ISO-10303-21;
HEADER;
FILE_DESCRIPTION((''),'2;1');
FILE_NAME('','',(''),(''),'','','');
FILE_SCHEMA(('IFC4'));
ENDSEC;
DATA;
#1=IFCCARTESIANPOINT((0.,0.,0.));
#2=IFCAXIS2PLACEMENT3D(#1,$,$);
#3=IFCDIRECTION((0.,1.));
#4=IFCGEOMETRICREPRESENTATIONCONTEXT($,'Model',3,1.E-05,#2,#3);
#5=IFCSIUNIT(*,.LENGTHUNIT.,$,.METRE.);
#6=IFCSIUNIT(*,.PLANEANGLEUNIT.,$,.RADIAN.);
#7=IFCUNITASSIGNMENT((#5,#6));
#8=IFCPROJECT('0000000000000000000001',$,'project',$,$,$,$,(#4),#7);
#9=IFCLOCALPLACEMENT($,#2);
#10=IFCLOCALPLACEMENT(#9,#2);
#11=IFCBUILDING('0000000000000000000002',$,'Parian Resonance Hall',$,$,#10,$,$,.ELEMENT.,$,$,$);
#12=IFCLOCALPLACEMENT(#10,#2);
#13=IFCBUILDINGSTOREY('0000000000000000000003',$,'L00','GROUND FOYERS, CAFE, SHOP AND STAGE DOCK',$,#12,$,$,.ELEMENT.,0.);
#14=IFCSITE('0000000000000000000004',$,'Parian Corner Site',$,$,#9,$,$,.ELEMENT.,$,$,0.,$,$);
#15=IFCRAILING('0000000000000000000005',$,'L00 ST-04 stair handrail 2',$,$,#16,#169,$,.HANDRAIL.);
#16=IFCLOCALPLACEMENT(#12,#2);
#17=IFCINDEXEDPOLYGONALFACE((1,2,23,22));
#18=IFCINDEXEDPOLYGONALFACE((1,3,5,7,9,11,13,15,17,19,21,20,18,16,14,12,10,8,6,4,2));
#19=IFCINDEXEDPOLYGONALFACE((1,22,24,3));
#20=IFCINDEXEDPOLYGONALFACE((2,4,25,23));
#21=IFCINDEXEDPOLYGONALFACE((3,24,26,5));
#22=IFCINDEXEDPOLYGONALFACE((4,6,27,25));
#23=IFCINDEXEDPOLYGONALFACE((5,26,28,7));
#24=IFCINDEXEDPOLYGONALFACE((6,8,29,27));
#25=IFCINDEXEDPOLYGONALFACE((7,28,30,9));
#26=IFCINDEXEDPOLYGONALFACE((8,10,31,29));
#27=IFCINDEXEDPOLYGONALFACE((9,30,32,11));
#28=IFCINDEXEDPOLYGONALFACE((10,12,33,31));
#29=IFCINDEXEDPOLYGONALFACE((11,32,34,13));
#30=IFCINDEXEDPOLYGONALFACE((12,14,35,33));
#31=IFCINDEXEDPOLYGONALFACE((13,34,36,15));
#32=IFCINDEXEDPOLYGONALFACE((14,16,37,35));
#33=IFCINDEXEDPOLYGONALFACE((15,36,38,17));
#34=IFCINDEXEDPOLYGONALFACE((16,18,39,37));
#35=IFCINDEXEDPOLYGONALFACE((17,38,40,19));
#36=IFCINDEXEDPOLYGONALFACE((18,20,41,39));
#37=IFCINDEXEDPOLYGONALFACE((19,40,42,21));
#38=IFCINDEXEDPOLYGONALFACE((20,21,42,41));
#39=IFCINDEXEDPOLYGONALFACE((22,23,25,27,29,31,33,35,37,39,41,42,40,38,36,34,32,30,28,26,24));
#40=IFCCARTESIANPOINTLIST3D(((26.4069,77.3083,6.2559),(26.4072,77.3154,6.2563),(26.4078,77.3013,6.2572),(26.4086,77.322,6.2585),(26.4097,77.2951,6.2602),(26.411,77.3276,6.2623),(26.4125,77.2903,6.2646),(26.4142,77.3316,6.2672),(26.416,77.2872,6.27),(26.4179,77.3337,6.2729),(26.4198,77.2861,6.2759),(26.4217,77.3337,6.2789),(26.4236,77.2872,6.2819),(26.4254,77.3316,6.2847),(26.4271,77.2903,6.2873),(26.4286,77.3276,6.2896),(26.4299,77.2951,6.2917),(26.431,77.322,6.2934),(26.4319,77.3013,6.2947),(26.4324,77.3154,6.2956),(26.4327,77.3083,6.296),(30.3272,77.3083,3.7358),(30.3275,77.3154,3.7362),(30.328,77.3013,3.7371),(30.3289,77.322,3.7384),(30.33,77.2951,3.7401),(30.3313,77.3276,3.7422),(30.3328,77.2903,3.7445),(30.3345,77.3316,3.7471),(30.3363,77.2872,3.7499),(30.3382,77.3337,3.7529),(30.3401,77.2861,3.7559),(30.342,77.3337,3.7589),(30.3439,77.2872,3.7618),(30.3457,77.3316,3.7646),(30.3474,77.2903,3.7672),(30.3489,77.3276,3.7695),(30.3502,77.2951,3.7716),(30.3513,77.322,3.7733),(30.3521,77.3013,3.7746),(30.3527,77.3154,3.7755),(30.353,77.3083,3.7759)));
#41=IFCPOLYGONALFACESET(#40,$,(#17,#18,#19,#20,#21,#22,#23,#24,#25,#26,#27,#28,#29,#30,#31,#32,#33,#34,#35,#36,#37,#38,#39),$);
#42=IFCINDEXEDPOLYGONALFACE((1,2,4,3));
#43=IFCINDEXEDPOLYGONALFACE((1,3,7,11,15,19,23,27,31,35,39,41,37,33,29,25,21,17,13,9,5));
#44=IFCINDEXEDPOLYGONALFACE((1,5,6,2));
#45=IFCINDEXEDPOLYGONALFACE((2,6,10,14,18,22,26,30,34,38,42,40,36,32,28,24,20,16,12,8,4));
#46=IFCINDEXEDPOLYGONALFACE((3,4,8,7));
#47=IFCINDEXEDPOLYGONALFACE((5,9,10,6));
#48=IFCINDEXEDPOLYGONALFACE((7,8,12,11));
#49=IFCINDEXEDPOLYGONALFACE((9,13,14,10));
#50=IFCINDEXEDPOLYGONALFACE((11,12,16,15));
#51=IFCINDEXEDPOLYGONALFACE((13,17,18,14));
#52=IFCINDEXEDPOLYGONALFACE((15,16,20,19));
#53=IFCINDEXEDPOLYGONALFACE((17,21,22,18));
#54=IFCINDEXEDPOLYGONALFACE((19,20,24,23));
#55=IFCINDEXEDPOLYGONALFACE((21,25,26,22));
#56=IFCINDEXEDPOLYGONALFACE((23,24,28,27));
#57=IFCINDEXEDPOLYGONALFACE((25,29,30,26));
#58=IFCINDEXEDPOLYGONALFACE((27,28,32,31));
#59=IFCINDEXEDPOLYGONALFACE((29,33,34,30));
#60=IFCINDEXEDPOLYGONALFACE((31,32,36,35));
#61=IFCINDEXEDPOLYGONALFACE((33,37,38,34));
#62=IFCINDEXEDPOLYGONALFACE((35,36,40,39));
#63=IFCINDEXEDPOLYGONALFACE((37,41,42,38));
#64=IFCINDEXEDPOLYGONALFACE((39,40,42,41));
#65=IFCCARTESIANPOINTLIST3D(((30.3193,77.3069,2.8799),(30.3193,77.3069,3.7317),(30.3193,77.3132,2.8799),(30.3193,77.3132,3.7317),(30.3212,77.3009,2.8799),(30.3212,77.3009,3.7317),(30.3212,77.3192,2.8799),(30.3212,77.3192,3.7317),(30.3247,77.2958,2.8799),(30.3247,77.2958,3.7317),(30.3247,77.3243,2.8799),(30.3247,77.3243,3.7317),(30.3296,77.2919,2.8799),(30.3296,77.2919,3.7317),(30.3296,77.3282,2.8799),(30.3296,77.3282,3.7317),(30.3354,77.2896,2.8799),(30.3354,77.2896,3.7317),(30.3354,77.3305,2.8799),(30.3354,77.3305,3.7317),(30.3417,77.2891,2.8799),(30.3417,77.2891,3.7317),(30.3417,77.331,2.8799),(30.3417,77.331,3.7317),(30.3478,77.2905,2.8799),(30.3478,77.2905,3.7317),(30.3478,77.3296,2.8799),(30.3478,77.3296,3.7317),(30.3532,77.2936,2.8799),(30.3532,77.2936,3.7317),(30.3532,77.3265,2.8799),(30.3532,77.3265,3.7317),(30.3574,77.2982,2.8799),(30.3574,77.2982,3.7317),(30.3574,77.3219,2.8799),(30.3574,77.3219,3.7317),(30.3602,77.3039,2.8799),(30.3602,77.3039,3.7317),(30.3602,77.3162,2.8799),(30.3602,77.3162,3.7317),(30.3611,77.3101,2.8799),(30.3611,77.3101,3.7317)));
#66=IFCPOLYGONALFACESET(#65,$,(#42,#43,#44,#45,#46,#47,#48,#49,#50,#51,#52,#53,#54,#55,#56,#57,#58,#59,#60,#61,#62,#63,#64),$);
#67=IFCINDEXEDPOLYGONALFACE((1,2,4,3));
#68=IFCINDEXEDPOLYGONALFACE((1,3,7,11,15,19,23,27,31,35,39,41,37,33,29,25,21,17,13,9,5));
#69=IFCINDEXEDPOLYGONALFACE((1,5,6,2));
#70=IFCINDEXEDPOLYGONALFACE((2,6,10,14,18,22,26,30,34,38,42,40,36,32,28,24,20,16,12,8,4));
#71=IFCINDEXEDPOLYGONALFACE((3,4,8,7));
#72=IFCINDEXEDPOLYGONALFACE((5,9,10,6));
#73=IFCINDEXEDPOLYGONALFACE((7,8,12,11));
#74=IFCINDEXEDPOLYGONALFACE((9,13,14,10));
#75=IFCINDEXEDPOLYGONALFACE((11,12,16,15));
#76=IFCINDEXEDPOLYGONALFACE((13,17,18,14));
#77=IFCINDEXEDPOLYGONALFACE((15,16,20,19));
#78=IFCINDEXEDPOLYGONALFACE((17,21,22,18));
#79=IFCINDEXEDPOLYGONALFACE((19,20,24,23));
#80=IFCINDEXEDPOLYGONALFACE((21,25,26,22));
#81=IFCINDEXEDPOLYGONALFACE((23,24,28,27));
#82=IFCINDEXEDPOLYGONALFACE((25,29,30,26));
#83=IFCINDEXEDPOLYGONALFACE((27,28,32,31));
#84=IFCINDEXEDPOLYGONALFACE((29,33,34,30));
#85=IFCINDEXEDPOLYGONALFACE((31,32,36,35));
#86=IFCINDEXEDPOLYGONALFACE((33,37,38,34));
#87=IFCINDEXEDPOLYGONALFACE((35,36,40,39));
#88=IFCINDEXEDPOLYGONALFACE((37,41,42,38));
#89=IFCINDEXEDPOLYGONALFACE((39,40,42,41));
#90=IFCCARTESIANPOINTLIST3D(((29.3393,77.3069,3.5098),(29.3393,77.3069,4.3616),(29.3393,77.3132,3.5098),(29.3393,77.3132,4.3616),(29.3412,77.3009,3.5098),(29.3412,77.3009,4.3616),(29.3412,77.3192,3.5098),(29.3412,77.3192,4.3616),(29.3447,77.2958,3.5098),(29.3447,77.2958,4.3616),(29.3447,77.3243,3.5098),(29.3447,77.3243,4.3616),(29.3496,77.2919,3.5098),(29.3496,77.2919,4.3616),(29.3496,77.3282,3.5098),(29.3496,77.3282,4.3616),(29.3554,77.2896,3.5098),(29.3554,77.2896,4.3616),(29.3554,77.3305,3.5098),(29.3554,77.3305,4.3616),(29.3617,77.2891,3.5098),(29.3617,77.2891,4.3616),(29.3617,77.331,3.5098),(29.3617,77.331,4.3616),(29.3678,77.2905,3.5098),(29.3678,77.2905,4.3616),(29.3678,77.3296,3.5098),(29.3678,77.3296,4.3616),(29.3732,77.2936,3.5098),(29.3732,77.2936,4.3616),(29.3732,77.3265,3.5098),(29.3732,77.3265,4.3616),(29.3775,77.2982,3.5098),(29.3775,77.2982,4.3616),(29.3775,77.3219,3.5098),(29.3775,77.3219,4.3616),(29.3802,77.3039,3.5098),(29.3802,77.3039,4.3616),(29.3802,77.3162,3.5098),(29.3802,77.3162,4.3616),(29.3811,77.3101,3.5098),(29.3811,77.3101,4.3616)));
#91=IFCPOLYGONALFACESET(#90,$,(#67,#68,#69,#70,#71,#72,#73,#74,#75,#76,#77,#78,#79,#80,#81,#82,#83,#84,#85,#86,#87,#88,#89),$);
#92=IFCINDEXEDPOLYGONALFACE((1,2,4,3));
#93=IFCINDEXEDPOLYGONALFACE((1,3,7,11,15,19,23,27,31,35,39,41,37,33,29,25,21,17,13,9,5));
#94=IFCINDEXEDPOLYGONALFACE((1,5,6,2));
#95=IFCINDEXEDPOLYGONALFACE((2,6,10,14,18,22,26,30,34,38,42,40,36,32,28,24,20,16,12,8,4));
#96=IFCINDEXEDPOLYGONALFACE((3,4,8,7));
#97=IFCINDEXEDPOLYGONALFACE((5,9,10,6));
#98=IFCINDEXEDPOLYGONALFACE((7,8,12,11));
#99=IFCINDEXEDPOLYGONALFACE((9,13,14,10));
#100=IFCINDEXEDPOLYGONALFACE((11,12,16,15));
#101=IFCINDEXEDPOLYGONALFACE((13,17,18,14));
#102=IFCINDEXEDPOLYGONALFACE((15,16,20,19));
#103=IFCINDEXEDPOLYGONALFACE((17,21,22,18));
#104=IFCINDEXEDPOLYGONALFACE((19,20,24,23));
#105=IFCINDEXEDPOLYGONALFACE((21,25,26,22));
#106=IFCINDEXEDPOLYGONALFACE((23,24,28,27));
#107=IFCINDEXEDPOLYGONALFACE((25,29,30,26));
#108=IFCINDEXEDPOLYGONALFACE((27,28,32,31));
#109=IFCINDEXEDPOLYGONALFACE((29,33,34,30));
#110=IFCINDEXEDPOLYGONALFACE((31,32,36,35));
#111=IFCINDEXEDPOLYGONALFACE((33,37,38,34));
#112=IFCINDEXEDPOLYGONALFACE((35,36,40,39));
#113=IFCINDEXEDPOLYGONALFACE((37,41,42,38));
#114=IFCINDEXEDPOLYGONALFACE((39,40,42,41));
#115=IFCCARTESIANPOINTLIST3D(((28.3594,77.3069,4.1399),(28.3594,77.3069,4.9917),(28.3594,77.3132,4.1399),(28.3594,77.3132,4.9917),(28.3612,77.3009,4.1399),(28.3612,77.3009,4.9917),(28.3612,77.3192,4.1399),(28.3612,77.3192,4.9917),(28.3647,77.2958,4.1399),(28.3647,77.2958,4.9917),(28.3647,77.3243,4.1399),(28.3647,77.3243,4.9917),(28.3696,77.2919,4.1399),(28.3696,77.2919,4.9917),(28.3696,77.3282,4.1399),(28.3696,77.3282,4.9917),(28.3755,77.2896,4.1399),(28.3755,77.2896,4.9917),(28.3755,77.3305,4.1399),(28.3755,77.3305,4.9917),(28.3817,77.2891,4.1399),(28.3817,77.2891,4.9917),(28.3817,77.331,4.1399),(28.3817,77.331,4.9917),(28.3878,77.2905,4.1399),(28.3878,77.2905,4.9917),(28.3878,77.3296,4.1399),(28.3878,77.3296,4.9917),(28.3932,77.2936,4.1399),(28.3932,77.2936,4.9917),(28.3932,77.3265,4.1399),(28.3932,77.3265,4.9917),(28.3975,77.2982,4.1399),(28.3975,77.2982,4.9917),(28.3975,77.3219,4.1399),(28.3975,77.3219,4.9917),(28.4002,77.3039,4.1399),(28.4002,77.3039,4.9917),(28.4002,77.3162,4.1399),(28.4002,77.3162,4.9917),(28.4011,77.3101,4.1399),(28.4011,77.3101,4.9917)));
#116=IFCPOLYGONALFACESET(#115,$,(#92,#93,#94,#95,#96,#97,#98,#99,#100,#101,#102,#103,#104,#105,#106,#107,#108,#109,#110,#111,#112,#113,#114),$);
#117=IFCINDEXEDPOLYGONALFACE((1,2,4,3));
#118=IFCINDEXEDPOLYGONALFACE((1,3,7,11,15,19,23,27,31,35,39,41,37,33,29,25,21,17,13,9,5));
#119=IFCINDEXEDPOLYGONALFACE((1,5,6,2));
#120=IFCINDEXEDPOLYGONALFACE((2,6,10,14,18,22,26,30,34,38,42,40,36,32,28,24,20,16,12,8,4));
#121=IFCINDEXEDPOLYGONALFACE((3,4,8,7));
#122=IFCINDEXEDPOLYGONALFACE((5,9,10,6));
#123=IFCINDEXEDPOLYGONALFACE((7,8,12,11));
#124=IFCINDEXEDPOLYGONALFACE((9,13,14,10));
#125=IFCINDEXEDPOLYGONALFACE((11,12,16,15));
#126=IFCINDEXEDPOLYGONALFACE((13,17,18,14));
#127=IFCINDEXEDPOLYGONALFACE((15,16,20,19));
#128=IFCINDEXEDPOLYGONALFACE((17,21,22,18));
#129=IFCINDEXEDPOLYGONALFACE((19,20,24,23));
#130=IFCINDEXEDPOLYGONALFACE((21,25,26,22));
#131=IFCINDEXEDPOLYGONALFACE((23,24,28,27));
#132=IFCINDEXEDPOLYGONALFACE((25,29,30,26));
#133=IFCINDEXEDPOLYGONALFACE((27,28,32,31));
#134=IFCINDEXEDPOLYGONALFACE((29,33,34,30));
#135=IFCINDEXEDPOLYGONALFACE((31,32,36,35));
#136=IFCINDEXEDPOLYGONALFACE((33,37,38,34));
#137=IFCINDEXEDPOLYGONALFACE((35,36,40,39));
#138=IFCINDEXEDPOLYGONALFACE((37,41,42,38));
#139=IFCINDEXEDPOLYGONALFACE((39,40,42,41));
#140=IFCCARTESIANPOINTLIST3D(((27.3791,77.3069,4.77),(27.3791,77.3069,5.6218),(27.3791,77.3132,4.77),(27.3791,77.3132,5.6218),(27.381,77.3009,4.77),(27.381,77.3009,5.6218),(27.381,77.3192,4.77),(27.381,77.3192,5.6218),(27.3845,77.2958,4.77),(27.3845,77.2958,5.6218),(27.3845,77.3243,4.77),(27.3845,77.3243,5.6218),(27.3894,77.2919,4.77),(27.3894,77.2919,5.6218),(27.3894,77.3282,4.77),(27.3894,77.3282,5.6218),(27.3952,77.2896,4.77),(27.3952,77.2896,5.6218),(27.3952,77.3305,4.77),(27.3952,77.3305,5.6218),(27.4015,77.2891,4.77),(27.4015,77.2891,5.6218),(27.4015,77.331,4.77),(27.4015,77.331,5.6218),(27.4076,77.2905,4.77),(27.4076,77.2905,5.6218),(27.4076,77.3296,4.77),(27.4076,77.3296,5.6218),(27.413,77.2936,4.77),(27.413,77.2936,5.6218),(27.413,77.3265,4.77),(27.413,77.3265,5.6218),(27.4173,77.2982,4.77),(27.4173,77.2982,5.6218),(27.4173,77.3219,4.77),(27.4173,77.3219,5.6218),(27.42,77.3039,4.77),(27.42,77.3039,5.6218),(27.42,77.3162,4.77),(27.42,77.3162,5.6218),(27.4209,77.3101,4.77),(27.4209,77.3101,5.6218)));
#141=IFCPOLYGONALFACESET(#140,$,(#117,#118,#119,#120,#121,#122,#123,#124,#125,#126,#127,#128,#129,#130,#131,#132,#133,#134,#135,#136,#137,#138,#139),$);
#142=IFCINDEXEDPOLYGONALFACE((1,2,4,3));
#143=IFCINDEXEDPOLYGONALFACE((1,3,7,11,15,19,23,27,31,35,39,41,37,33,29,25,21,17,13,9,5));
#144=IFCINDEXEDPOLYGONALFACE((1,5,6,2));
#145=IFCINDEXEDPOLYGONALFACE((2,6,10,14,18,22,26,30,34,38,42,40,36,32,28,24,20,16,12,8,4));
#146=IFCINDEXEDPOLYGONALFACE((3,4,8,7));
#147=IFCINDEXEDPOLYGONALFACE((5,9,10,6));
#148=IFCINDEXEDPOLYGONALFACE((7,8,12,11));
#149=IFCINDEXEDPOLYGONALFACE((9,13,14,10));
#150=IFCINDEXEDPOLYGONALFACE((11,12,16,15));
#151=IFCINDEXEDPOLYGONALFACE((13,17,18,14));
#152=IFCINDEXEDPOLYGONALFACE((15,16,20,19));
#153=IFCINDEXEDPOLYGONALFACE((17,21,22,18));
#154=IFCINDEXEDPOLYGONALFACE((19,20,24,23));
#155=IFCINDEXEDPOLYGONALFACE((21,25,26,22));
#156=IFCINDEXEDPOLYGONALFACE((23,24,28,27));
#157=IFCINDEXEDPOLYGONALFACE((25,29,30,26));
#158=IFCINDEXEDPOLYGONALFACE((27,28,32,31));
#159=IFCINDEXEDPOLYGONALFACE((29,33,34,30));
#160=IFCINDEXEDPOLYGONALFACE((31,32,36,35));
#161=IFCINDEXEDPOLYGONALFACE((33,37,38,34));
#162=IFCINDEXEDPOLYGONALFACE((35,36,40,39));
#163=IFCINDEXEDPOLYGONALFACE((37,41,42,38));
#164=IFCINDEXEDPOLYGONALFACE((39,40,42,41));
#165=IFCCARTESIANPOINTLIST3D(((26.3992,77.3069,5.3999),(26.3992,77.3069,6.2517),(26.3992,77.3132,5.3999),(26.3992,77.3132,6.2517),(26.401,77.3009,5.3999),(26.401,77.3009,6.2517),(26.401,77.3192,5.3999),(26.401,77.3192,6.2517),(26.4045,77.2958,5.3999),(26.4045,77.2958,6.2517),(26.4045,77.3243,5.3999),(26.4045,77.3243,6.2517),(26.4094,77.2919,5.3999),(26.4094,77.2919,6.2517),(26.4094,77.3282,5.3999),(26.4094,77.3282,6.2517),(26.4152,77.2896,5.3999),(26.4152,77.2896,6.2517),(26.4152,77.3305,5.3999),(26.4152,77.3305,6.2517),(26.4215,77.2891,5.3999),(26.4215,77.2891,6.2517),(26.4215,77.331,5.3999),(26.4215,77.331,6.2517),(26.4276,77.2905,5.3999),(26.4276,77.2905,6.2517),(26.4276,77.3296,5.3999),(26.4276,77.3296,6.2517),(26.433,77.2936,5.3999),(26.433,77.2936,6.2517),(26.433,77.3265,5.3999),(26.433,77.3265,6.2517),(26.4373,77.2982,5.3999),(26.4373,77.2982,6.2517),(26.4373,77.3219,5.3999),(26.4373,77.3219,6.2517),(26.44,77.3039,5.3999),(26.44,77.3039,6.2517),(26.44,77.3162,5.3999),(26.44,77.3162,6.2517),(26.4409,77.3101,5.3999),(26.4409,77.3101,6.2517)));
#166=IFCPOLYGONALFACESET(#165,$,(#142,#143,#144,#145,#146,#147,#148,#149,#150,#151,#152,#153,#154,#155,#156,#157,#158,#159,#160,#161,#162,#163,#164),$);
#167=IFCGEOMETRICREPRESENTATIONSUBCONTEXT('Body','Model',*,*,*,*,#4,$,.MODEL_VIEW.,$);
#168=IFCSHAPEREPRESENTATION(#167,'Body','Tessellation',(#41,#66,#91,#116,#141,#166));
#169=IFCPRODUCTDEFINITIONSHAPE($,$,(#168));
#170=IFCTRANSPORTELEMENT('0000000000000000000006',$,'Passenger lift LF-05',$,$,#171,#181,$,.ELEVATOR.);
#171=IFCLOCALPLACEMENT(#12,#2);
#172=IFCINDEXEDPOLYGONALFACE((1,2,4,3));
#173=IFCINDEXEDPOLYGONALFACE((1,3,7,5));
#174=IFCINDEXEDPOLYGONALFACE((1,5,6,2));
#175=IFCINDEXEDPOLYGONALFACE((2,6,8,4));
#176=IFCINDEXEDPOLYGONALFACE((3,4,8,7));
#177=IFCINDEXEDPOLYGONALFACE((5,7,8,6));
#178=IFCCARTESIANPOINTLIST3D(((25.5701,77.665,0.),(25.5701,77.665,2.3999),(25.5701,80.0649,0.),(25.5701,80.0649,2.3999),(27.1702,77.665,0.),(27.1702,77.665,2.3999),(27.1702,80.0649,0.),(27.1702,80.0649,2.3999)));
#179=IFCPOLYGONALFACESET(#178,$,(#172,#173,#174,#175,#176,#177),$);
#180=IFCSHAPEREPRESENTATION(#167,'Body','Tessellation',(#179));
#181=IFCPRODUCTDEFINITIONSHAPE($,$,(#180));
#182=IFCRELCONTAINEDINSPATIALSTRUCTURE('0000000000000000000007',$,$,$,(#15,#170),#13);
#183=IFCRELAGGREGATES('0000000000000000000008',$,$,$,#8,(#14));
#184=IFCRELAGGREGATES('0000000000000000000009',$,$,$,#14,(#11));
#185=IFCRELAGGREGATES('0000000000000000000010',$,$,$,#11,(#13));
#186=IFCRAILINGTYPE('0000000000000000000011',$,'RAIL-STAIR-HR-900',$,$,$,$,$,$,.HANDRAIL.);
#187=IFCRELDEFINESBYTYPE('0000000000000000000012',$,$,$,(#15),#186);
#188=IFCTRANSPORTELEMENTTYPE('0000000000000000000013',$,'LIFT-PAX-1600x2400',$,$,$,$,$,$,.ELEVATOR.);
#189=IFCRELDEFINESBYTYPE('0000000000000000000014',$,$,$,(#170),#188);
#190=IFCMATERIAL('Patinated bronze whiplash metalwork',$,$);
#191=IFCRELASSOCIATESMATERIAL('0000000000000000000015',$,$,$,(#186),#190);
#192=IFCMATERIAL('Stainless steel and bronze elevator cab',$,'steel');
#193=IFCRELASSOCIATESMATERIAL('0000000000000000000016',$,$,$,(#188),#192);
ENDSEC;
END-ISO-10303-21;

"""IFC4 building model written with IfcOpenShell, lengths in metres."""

from ifc_helpers import new_model, si_unit, direction, frame, origin, origin_2d, place, context, subcontext, project, spatial, rectangle, circle, extrude, material, type_object, element, save


model = new_model("IFC4")

# Units and contexts
model_context = context("Model", 3, precision=1e-05, world=origin(), true_north=direction((0.0, 1.0)))
body_context = subcontext(model_context, "Body", "Model", "MODEL_VIEW")
ifc_project = project(units=[si_unit("LENGTHUNIT", "METRE"), si_unit("PLANEANGLEUNIT", "RADIAN")], contexts=[model_context])

# Site, building, storey
site_placement = place(None, origin())
site = spatial("IfcSite", under=ifc_project, at=site_placement, Name="Parian Corner Site", CompositionType="ELEMENT", RefElevation=0.0)
building_placement = place(site_placement, origin())
building = spatial("IfcBuilding", under=site, at=building_placement, Name="Parian Resonance Hall", CompositionType="ELEMENT")
storey_placement = place(building_placement, origin())
storey = spatial("IfcBuildingStorey", under=building, at=storey_placement, Name="L00", Description="GROUND FOYERS, CAFE, SHOP AND STAGE DOCK", CompositionType="ELEMENT", Elevation=0.0)

# Railing
ifc_material_1 = material(Name="Patinated bronze whiplash metalwork")
railing_type_1 = type_object("IfcRailingType", Name="RAIL-STAIR-HR-900", PredefinedType="HANDRAIL", material=ifc_material_1)
railing_1_placement = place(storey_placement, frame((30.3401, 77.3101, 2.8799)))
element("IfcRailing", 1, at=railing_1_placement, inside=storey, type_object=railing_type_1, Name="L00 ST-04 stair handrail 2", PredefinedType="HANDRAIL", context=body_context, shape_type="SweptSolid", body=[
    extrude(circle(Radius=0.0239, at=origin_2d()), frame((0.0, 0.0, 0.876), z_axis=(-0.841187, 0.0, 0.540744), x_axis=(0.0, -1.0, 0.0)), (0.0, 0.0, 1.0), 4.6604),
    extrude(circle(Radius=0.021, at=origin_2d()), origin(), (0.0, 0.0, 1.0), 0.8518),
    extrude(circle(Radius=0.021, at=origin_2d()), frame((-0.98, 0.0, 0.6299)), (0.0, 0.0, 1.0), 0.8518),
    extrude(circle(Radius=0.021, at=origin_2d()), frame((-1.96, 0.0, 1.26)), (0.0, 0.0, 1.0), 0.8518),
    extrude(circle(Radius=0.021, at=origin_2d()), frame((-2.9402, 0.0, 1.8901)), (0.0, 0.0, 1.0), 0.8518),
    extrude(circle(Radius=0.021, at=origin_2d()), frame((-3.9202, 0.0, 2.52)), (0.0, 0.0, 1.0), 0.8518),
])

# Transport element
ifc_material_2 = material(Name="Stainless steel and bronze elevator cab", Category="steel")
transport_element_type = type_object("IfcTransportElementType", Name="LIFT-PAX-1600x2400", PredefinedType="ELEVATOR", material=ifc_material_2)
transport_element_placement = place(storey_placement, frame((26.3701, 78.865, 0.0), z_axis=(0.0, 0.0, 1.0), x_axis=(1.0, 0.0, 0.0)))
element("IfcTransportElement", 2, at=transport_element_placement, inside=storey, type_object=transport_element_type, Name="Passenger lift LF-05", PredefinedType="ELEVATOR", context=body_context, shape_type="SweptSolid", body=[
    extrude(rectangle(XDim=1.6001, YDim=2.3999, at=origin_2d()), origin(), (0.0, 0.0, 1.0), 2.3999),
])

save(model, "model.ifc")
